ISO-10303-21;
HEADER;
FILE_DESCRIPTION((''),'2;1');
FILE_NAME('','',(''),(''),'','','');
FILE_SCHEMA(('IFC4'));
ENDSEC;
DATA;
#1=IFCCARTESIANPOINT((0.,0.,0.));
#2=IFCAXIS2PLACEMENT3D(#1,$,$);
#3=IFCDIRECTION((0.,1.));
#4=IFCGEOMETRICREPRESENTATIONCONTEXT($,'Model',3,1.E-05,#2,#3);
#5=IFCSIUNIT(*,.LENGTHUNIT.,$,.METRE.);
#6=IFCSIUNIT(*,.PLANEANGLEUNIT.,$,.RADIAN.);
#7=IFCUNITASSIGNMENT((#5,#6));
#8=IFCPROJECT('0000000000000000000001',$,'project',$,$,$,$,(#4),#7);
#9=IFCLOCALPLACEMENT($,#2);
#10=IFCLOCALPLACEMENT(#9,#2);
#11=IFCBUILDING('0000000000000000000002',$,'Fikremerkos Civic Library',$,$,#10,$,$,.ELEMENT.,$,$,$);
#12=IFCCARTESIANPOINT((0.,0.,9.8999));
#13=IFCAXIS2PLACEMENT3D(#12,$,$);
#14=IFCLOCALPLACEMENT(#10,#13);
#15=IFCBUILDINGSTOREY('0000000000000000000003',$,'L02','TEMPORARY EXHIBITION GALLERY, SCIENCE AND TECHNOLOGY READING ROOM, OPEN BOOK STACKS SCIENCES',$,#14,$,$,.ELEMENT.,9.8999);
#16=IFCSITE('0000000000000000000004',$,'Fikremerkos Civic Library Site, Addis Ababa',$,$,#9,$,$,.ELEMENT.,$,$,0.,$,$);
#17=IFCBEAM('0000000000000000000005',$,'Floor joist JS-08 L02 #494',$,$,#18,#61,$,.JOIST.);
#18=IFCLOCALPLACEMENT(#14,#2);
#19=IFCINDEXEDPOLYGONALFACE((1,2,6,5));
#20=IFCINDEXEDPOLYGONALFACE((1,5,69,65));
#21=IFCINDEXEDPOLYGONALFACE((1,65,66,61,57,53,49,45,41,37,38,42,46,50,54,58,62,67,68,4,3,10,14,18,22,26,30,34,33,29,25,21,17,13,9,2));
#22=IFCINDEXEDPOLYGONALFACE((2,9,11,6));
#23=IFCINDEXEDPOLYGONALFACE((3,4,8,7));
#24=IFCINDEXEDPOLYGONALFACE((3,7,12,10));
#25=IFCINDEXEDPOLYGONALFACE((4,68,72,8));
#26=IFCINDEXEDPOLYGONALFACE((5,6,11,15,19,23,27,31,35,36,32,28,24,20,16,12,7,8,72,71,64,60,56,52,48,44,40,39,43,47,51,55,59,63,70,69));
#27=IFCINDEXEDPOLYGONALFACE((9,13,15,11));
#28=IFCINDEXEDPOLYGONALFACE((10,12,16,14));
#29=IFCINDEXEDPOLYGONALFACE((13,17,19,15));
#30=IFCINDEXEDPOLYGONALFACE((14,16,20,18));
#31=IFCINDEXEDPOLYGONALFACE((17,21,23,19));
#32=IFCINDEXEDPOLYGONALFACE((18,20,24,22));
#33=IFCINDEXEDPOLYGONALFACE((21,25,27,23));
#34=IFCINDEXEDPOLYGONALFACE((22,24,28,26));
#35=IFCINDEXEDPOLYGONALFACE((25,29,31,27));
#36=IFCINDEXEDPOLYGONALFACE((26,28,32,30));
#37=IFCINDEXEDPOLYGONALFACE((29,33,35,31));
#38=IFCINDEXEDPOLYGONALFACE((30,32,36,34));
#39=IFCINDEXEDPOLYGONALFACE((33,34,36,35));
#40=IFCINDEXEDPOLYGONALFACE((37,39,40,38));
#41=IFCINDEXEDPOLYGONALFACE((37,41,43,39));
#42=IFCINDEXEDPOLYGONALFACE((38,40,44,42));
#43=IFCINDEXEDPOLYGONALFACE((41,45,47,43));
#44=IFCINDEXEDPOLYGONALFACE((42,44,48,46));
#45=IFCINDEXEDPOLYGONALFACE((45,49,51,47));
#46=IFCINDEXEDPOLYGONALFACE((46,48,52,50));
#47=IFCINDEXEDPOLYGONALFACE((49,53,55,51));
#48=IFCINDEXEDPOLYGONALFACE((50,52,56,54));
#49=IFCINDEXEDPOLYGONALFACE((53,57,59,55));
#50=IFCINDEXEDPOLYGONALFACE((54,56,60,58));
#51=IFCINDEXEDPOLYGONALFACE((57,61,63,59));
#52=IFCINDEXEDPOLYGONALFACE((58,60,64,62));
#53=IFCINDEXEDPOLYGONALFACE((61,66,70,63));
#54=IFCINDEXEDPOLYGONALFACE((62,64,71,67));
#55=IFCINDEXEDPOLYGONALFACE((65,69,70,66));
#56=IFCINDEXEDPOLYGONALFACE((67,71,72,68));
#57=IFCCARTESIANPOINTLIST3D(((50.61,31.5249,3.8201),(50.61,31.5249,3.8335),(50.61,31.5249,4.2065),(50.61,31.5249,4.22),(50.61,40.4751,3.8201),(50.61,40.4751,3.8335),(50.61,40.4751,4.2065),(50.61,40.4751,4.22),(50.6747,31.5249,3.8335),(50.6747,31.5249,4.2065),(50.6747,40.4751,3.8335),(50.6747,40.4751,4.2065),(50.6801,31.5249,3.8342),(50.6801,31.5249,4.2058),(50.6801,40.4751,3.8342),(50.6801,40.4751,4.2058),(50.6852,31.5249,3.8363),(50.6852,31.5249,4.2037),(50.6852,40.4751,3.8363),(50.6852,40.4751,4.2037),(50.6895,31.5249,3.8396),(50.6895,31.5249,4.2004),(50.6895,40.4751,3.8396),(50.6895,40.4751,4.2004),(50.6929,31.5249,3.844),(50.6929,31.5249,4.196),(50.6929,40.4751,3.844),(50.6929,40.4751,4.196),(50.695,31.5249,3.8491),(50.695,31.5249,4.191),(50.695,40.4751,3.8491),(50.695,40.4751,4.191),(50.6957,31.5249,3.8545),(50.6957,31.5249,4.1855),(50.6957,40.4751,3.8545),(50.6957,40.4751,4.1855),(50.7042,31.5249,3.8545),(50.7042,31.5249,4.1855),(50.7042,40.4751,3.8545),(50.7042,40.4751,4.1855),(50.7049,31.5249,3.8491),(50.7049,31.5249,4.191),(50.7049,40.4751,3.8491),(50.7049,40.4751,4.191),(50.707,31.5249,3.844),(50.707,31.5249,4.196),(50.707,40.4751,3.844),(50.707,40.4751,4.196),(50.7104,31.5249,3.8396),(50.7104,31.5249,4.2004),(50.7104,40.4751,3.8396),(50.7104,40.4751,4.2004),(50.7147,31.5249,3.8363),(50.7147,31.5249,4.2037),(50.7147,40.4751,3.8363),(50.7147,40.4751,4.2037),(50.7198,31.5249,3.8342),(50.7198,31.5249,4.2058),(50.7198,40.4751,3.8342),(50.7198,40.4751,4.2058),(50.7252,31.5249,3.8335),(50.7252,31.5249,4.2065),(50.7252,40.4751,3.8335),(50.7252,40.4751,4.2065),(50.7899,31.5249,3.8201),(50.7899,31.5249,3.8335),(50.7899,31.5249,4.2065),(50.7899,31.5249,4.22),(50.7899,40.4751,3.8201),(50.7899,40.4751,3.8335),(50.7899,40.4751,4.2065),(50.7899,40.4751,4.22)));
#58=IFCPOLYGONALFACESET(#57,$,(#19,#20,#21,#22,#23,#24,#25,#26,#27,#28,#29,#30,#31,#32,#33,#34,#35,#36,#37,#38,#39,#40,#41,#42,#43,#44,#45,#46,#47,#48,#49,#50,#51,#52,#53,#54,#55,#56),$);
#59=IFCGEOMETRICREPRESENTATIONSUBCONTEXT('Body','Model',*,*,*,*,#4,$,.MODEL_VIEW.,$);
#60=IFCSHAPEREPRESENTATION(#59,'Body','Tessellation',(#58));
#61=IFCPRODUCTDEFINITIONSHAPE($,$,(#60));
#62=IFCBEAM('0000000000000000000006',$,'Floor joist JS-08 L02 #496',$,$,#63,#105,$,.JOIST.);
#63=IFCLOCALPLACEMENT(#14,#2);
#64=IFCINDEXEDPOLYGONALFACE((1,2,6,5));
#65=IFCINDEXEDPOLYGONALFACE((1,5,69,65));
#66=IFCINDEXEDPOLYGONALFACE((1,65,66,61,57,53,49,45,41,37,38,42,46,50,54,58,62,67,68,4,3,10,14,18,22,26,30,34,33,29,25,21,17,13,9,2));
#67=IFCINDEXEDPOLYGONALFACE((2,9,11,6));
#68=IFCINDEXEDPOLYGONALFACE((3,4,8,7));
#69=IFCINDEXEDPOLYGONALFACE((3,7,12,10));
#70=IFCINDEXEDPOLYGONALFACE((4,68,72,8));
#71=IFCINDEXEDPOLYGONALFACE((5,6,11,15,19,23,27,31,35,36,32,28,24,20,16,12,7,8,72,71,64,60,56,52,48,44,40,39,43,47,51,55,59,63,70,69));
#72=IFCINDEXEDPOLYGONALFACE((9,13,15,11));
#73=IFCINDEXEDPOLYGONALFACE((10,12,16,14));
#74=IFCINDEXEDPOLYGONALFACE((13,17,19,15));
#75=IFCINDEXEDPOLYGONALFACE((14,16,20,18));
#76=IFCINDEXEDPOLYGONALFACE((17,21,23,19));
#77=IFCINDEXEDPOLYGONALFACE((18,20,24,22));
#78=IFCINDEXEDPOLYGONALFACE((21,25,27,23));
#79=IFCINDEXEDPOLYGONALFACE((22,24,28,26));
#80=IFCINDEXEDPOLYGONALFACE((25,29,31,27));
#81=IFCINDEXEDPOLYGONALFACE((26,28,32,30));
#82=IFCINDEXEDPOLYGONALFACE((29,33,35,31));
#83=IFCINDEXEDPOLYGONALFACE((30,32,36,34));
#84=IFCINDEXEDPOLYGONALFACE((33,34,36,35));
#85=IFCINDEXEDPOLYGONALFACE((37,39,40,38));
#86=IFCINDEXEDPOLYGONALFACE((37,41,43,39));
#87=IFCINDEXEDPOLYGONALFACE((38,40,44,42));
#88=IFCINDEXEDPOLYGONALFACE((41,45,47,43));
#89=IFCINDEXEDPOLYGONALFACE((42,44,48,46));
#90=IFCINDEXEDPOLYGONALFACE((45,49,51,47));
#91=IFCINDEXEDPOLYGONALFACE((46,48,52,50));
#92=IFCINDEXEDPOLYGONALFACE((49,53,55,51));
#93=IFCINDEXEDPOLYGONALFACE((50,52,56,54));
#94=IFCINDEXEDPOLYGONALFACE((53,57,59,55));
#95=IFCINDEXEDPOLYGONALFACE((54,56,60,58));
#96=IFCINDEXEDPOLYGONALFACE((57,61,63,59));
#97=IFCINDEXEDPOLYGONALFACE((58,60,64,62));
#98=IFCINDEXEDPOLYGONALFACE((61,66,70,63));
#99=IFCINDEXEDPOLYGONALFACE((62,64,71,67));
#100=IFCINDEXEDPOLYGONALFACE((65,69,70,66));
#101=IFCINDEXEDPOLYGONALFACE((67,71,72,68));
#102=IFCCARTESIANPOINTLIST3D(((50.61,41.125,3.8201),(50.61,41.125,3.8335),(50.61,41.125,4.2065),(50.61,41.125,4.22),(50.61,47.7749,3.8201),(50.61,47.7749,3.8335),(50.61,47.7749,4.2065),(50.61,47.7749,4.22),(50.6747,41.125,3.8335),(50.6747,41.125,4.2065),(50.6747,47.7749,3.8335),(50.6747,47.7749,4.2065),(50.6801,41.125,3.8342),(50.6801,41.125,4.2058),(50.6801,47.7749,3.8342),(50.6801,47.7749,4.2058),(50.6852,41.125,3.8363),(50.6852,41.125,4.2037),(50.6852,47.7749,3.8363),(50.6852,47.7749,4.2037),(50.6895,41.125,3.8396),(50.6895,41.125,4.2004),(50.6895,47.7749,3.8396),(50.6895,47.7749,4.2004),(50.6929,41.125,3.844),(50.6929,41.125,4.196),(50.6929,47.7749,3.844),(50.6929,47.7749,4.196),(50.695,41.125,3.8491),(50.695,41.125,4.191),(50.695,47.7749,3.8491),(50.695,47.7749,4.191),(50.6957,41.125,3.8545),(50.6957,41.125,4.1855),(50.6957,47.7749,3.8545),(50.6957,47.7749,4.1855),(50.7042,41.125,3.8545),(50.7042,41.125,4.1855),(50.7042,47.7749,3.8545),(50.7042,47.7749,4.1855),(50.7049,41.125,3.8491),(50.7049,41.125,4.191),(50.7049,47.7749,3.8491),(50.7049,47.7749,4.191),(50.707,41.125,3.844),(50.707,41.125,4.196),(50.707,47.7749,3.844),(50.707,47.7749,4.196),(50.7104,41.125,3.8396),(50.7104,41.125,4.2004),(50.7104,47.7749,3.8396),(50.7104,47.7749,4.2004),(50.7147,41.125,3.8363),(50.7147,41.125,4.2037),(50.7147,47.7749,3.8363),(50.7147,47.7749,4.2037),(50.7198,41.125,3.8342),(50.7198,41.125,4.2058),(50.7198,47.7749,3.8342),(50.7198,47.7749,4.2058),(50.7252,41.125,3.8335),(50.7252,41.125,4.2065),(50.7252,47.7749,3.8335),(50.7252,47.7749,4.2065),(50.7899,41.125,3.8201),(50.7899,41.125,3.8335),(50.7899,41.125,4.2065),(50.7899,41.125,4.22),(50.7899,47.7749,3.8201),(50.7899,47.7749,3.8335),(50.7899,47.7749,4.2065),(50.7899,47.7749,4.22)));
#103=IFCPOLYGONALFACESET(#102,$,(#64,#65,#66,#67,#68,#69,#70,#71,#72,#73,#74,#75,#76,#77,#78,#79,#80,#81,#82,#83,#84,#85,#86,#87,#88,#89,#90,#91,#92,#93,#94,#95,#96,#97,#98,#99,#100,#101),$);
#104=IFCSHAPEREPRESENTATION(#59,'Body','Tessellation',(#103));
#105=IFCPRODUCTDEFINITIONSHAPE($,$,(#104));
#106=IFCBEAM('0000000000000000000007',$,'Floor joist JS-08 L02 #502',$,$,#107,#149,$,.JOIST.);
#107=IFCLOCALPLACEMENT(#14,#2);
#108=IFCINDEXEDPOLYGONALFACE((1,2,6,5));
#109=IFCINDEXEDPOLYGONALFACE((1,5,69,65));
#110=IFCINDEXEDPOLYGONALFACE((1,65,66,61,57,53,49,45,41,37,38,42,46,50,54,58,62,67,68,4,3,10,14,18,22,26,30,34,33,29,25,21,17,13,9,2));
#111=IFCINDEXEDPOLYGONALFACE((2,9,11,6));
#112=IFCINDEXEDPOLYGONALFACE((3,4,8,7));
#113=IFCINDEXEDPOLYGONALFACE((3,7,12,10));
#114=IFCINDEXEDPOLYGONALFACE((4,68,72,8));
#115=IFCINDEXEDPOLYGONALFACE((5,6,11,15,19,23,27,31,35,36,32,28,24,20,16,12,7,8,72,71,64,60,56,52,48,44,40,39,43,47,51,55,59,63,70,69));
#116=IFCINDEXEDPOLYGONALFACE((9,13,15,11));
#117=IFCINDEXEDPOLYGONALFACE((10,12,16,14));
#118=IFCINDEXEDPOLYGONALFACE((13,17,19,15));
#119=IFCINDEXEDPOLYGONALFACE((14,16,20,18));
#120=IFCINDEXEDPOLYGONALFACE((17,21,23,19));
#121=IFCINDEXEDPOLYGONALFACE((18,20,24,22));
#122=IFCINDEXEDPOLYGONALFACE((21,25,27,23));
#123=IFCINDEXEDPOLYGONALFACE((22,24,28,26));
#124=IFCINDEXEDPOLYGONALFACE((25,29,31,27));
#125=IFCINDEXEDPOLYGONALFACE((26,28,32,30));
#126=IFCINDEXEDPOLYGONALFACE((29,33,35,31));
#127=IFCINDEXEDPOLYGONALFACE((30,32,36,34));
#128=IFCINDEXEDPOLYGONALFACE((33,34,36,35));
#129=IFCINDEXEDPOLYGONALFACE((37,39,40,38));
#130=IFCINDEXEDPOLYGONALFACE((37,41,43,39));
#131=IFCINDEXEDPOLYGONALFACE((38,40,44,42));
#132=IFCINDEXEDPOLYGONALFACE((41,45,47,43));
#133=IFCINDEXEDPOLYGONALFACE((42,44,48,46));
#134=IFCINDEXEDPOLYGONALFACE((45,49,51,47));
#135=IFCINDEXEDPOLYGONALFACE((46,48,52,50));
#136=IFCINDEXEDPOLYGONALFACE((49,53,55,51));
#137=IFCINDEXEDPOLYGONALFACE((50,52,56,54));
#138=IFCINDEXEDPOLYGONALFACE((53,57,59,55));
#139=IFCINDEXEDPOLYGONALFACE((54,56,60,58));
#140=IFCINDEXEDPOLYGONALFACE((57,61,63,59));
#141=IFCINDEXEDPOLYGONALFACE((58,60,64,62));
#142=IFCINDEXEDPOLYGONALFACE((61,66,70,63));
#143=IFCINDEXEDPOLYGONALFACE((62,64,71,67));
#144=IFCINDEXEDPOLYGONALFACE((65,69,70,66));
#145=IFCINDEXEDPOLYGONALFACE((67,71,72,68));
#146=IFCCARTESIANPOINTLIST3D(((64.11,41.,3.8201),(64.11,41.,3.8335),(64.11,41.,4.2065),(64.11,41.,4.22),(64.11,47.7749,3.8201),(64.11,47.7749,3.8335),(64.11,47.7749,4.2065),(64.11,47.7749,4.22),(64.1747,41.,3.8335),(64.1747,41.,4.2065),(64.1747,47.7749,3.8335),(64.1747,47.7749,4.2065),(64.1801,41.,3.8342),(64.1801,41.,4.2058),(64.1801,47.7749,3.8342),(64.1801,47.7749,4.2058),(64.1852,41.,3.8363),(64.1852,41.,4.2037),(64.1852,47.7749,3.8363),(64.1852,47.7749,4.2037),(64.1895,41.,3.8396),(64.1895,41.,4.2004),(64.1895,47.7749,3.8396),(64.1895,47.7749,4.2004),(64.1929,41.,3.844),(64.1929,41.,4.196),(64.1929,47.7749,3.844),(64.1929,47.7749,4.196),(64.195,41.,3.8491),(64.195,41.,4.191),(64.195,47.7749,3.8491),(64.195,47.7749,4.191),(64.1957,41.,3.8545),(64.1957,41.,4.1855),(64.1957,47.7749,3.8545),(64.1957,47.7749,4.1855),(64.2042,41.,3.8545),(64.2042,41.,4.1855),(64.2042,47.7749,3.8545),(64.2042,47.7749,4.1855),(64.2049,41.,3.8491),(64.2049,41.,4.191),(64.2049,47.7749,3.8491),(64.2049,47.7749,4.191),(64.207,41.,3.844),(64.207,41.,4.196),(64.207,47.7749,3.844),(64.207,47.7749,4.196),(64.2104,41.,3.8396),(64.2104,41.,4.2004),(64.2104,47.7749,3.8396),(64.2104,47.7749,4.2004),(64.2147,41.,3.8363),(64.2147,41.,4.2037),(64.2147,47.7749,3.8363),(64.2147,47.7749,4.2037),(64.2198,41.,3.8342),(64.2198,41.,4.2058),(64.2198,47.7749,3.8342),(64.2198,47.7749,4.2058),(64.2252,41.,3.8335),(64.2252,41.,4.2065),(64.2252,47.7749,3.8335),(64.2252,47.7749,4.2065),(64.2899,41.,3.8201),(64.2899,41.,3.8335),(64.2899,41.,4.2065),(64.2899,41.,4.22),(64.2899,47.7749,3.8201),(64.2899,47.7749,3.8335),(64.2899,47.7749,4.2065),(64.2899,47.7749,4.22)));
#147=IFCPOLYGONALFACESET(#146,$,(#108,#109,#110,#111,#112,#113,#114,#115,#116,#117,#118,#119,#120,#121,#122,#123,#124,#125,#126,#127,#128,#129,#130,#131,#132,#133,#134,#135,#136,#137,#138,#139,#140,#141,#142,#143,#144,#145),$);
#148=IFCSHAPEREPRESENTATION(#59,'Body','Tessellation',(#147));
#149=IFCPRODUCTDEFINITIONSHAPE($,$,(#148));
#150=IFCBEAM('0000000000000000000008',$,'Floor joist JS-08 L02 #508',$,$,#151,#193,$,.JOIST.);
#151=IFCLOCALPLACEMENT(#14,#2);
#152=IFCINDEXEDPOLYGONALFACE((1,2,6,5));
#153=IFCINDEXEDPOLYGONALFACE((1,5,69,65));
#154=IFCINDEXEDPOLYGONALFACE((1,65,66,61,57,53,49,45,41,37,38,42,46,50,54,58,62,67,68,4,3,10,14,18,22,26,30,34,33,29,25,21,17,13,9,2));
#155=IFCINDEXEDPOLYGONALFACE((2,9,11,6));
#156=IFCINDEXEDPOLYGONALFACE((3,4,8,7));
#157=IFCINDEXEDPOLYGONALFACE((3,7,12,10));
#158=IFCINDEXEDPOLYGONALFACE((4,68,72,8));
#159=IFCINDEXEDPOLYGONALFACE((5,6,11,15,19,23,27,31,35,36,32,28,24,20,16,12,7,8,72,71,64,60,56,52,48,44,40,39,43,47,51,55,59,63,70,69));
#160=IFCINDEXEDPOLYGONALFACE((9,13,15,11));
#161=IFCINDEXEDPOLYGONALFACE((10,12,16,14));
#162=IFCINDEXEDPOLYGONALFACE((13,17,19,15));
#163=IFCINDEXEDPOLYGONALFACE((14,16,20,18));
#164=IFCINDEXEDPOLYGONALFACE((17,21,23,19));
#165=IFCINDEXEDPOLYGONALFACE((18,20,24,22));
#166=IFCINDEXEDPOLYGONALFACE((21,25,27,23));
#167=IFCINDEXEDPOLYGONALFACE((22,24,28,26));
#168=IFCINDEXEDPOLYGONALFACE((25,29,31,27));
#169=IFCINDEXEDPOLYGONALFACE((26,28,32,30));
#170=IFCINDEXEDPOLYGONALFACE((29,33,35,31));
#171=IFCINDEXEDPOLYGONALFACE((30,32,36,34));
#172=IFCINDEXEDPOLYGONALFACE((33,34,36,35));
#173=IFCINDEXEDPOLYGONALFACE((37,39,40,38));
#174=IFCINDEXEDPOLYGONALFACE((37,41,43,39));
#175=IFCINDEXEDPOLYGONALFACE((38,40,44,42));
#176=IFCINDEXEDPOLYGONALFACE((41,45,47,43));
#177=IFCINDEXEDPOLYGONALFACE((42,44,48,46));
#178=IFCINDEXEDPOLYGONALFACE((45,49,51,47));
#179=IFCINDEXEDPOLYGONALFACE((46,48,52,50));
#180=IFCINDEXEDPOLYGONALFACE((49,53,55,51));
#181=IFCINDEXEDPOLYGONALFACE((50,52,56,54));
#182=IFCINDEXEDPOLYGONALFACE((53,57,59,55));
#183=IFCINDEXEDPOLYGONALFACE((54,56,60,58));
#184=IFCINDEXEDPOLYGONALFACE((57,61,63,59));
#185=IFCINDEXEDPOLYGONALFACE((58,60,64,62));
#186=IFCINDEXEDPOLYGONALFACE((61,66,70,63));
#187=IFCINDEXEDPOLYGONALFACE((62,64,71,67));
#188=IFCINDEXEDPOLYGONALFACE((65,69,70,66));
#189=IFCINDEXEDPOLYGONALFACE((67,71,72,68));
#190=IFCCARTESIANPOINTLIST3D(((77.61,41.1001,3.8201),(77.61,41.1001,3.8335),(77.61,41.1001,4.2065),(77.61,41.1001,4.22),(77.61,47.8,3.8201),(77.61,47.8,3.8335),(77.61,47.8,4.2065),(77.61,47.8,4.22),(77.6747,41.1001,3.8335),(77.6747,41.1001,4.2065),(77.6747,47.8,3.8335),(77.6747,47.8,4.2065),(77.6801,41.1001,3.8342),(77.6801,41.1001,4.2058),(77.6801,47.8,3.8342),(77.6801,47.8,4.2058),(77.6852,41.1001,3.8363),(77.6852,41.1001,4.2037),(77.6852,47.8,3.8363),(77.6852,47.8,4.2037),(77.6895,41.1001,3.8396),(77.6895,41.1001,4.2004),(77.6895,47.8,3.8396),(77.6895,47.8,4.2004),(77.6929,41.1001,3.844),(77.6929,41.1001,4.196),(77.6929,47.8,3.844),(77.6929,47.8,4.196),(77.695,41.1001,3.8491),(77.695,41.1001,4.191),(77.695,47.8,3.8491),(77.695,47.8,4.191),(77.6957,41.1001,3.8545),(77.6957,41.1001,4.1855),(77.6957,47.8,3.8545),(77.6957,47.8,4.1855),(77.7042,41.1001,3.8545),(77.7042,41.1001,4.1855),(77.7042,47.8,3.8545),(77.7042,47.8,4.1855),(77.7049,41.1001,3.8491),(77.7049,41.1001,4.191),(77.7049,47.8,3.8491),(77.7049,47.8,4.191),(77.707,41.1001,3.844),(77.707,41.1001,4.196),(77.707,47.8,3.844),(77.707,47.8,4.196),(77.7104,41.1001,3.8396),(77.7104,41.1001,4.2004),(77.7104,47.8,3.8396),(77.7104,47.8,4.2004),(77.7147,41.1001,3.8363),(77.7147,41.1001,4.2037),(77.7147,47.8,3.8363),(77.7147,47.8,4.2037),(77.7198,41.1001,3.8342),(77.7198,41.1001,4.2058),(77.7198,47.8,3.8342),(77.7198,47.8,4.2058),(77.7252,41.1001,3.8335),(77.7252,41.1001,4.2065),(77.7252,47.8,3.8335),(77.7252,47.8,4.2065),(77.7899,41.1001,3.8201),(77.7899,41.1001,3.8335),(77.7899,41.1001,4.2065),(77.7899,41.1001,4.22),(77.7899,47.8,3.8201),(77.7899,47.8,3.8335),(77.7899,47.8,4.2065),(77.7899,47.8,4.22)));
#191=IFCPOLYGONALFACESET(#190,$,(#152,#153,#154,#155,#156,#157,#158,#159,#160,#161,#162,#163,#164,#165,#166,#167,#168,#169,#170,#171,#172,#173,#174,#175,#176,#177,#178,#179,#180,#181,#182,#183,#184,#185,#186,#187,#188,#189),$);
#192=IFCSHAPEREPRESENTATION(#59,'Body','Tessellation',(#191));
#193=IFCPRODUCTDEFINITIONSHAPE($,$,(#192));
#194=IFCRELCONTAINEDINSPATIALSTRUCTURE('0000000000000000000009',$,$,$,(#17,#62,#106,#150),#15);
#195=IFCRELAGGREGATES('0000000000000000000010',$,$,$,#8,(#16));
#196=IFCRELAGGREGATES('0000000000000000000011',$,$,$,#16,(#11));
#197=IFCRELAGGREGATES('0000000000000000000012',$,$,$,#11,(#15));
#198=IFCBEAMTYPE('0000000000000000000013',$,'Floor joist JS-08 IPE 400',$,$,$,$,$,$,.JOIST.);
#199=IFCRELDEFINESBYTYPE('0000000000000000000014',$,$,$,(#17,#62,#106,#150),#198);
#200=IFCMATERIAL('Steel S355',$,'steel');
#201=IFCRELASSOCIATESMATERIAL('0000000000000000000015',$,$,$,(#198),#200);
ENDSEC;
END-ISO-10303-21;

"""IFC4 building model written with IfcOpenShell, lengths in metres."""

from ifc_helpers import new_model, si_unit, direction, frame, origin, origin_2d, place, context, subcontext, project, spatial, i_section, extrude, material, material_profile, profile_set, type_object, element, save


model = new_model("IFC4")

# Units and contexts
model_context = context("Model", 3, precision=1e-05, world=origin(), true_north=direction((0.0, 1.0)))
body_context = subcontext(model_context, "Body", "Model", "MODEL_VIEW")
ifc_project = project(units=[si_unit("LENGTHUNIT", "METRE"), si_unit("PLANEANGLEUNIT", "RADIAN")], contexts=[model_context])

# Site, building, storey
site_placement = place(None, origin())
site = spatial("IfcSite", under=ifc_project, at=site_placement, Name="Fikremerkos Civic Library Site, Addis Ababa", CompositionType="ELEMENT", RefElevation=0.0)
building_placement = place(site_placement, origin())
building = spatial("IfcBuilding", under=site, at=building_placement, Name="Fikremerkos Civic Library", CompositionType="ELEMENT")
storey_placement = place(building_placement, frame((0.0, 0.0, 9.8999)))
storey = spatial("IfcBuildingStorey", under=building, at=storey_placement, Name="L02", Description="TEMPORARY EXHIBITION GALLERY, SCIENCE AND TECHNOLOGY READING ROOM, OPEN BOOK STACKS SCIENCES", CompositionType="ELEMENT", Elevation=9.8999)

# Shared definitions
ifc_material_1 = material(Name="Steel S355", Category="steel")

# Beams
ifc_material_profile_1 = material_profile(ifc_material_1, i_section(OverallWidth=0.1799, OverallDepth=0.3999, WebThickness=0.0085, FlangeThickness=0.0134, FilletRadius=0.021, at=origin_2d()), Name="IPE 400")
ifc_profile_set_1 = profile_set([ifc_material_profile_1], Name="Steel S355")
beam_type_1 = type_object("IfcBeamType", Name="Floor joist JS-08 IPE 400", PredefinedType="JOIST", material=ifc_profile_set_1)
beam_1_placement = place(storey_placement, frame((50.7, 31.5249, 4.02), z_axis=(0.0, 1.0, 0.0), x_axis=(-1.0, 0.0, 0.0)))
element("IfcBeam", 1, at=beam_1_placement, inside=storey, type_object=beam_type_1, Name="Floor joist JS-08 L02 #494", PredefinedType="JOIST", context=body_context, shape_type="SweptSolid", body=[
    extrude(i_section(OverallWidth=0.1799, OverallDepth=0.3999, WebThickness=0.0085, FlangeThickness=0.0134, FilletRadius=0.021, at=origin_2d()), origin(), (0.0, 0.0, 1.0), 8.9502),
])
beam_2_placement = place(storey_placement, frame((50.7, 41.125, 4.02), z_axis=(0.0, 1.0, 0.0), x_axis=(-1.0, 0.0, 0.0)))
element("IfcBeam", 2, at=beam_2_placement, inside=storey, type_object=beam_type_1, Name="Floor joist JS-08 L02 #496", PredefinedType="JOIST", context=body_context, shape_type="SweptSolid", body=[
    extrude(i_section(OverallWidth=0.1799, OverallDepth=0.3999, WebThickness=0.0085, FlangeThickness=0.0134, FilletRadius=0.021, at=origin_2d()), origin(), (0.0, 0.0, 1.0), 6.6499),
])
beam_3_placement = place(storey_placement, frame((64.2, 41.0, 4.02), z_axis=(0.0, 1.0, 0.0), x_axis=(-1.0, 0.0, 0.0)))
element("IfcBeam", 3, at=beam_3_placement, inside=storey, type_object=beam_type_1, Name="Floor joist JS-08 L02 #502", PredefinedType="JOIST", context=body_context, shape_type="SweptSolid", body=[
    extrude(i_section(OverallWidth=0.1799, OverallDepth=0.3999, WebThickness=0.0085, FlangeThickness=0.0134, FilletRadius=0.021, at=origin_2d()), origin(), (0.0, 0.0, 1.0), 6.7749),
])
beam_4_placement = place(storey_placement, frame((77.7, 41.1001, 4.02), z_axis=(0.0, 1.0, 0.0), x_axis=(-1.0, 0.0, 0.0)))
element("IfcBeam", 4, at=beam_4_placement, inside=storey, type_object=beam_type_1, Name="Floor joist JS-08 L02 #508", PredefinedType="JOIST", context=body_context, shape_type="SweptSolid", body=[
    extrude(i_section(OverallWidth=0.1799, OverallDepth=0.3999, WebThickness=0.0085, FlangeThickness=0.0134, FilletRadius=0.021, at=origin_2d()), origin(), (0.0, 0.0, 1.0), 6.7),
])

save(model, "model.ifc")
